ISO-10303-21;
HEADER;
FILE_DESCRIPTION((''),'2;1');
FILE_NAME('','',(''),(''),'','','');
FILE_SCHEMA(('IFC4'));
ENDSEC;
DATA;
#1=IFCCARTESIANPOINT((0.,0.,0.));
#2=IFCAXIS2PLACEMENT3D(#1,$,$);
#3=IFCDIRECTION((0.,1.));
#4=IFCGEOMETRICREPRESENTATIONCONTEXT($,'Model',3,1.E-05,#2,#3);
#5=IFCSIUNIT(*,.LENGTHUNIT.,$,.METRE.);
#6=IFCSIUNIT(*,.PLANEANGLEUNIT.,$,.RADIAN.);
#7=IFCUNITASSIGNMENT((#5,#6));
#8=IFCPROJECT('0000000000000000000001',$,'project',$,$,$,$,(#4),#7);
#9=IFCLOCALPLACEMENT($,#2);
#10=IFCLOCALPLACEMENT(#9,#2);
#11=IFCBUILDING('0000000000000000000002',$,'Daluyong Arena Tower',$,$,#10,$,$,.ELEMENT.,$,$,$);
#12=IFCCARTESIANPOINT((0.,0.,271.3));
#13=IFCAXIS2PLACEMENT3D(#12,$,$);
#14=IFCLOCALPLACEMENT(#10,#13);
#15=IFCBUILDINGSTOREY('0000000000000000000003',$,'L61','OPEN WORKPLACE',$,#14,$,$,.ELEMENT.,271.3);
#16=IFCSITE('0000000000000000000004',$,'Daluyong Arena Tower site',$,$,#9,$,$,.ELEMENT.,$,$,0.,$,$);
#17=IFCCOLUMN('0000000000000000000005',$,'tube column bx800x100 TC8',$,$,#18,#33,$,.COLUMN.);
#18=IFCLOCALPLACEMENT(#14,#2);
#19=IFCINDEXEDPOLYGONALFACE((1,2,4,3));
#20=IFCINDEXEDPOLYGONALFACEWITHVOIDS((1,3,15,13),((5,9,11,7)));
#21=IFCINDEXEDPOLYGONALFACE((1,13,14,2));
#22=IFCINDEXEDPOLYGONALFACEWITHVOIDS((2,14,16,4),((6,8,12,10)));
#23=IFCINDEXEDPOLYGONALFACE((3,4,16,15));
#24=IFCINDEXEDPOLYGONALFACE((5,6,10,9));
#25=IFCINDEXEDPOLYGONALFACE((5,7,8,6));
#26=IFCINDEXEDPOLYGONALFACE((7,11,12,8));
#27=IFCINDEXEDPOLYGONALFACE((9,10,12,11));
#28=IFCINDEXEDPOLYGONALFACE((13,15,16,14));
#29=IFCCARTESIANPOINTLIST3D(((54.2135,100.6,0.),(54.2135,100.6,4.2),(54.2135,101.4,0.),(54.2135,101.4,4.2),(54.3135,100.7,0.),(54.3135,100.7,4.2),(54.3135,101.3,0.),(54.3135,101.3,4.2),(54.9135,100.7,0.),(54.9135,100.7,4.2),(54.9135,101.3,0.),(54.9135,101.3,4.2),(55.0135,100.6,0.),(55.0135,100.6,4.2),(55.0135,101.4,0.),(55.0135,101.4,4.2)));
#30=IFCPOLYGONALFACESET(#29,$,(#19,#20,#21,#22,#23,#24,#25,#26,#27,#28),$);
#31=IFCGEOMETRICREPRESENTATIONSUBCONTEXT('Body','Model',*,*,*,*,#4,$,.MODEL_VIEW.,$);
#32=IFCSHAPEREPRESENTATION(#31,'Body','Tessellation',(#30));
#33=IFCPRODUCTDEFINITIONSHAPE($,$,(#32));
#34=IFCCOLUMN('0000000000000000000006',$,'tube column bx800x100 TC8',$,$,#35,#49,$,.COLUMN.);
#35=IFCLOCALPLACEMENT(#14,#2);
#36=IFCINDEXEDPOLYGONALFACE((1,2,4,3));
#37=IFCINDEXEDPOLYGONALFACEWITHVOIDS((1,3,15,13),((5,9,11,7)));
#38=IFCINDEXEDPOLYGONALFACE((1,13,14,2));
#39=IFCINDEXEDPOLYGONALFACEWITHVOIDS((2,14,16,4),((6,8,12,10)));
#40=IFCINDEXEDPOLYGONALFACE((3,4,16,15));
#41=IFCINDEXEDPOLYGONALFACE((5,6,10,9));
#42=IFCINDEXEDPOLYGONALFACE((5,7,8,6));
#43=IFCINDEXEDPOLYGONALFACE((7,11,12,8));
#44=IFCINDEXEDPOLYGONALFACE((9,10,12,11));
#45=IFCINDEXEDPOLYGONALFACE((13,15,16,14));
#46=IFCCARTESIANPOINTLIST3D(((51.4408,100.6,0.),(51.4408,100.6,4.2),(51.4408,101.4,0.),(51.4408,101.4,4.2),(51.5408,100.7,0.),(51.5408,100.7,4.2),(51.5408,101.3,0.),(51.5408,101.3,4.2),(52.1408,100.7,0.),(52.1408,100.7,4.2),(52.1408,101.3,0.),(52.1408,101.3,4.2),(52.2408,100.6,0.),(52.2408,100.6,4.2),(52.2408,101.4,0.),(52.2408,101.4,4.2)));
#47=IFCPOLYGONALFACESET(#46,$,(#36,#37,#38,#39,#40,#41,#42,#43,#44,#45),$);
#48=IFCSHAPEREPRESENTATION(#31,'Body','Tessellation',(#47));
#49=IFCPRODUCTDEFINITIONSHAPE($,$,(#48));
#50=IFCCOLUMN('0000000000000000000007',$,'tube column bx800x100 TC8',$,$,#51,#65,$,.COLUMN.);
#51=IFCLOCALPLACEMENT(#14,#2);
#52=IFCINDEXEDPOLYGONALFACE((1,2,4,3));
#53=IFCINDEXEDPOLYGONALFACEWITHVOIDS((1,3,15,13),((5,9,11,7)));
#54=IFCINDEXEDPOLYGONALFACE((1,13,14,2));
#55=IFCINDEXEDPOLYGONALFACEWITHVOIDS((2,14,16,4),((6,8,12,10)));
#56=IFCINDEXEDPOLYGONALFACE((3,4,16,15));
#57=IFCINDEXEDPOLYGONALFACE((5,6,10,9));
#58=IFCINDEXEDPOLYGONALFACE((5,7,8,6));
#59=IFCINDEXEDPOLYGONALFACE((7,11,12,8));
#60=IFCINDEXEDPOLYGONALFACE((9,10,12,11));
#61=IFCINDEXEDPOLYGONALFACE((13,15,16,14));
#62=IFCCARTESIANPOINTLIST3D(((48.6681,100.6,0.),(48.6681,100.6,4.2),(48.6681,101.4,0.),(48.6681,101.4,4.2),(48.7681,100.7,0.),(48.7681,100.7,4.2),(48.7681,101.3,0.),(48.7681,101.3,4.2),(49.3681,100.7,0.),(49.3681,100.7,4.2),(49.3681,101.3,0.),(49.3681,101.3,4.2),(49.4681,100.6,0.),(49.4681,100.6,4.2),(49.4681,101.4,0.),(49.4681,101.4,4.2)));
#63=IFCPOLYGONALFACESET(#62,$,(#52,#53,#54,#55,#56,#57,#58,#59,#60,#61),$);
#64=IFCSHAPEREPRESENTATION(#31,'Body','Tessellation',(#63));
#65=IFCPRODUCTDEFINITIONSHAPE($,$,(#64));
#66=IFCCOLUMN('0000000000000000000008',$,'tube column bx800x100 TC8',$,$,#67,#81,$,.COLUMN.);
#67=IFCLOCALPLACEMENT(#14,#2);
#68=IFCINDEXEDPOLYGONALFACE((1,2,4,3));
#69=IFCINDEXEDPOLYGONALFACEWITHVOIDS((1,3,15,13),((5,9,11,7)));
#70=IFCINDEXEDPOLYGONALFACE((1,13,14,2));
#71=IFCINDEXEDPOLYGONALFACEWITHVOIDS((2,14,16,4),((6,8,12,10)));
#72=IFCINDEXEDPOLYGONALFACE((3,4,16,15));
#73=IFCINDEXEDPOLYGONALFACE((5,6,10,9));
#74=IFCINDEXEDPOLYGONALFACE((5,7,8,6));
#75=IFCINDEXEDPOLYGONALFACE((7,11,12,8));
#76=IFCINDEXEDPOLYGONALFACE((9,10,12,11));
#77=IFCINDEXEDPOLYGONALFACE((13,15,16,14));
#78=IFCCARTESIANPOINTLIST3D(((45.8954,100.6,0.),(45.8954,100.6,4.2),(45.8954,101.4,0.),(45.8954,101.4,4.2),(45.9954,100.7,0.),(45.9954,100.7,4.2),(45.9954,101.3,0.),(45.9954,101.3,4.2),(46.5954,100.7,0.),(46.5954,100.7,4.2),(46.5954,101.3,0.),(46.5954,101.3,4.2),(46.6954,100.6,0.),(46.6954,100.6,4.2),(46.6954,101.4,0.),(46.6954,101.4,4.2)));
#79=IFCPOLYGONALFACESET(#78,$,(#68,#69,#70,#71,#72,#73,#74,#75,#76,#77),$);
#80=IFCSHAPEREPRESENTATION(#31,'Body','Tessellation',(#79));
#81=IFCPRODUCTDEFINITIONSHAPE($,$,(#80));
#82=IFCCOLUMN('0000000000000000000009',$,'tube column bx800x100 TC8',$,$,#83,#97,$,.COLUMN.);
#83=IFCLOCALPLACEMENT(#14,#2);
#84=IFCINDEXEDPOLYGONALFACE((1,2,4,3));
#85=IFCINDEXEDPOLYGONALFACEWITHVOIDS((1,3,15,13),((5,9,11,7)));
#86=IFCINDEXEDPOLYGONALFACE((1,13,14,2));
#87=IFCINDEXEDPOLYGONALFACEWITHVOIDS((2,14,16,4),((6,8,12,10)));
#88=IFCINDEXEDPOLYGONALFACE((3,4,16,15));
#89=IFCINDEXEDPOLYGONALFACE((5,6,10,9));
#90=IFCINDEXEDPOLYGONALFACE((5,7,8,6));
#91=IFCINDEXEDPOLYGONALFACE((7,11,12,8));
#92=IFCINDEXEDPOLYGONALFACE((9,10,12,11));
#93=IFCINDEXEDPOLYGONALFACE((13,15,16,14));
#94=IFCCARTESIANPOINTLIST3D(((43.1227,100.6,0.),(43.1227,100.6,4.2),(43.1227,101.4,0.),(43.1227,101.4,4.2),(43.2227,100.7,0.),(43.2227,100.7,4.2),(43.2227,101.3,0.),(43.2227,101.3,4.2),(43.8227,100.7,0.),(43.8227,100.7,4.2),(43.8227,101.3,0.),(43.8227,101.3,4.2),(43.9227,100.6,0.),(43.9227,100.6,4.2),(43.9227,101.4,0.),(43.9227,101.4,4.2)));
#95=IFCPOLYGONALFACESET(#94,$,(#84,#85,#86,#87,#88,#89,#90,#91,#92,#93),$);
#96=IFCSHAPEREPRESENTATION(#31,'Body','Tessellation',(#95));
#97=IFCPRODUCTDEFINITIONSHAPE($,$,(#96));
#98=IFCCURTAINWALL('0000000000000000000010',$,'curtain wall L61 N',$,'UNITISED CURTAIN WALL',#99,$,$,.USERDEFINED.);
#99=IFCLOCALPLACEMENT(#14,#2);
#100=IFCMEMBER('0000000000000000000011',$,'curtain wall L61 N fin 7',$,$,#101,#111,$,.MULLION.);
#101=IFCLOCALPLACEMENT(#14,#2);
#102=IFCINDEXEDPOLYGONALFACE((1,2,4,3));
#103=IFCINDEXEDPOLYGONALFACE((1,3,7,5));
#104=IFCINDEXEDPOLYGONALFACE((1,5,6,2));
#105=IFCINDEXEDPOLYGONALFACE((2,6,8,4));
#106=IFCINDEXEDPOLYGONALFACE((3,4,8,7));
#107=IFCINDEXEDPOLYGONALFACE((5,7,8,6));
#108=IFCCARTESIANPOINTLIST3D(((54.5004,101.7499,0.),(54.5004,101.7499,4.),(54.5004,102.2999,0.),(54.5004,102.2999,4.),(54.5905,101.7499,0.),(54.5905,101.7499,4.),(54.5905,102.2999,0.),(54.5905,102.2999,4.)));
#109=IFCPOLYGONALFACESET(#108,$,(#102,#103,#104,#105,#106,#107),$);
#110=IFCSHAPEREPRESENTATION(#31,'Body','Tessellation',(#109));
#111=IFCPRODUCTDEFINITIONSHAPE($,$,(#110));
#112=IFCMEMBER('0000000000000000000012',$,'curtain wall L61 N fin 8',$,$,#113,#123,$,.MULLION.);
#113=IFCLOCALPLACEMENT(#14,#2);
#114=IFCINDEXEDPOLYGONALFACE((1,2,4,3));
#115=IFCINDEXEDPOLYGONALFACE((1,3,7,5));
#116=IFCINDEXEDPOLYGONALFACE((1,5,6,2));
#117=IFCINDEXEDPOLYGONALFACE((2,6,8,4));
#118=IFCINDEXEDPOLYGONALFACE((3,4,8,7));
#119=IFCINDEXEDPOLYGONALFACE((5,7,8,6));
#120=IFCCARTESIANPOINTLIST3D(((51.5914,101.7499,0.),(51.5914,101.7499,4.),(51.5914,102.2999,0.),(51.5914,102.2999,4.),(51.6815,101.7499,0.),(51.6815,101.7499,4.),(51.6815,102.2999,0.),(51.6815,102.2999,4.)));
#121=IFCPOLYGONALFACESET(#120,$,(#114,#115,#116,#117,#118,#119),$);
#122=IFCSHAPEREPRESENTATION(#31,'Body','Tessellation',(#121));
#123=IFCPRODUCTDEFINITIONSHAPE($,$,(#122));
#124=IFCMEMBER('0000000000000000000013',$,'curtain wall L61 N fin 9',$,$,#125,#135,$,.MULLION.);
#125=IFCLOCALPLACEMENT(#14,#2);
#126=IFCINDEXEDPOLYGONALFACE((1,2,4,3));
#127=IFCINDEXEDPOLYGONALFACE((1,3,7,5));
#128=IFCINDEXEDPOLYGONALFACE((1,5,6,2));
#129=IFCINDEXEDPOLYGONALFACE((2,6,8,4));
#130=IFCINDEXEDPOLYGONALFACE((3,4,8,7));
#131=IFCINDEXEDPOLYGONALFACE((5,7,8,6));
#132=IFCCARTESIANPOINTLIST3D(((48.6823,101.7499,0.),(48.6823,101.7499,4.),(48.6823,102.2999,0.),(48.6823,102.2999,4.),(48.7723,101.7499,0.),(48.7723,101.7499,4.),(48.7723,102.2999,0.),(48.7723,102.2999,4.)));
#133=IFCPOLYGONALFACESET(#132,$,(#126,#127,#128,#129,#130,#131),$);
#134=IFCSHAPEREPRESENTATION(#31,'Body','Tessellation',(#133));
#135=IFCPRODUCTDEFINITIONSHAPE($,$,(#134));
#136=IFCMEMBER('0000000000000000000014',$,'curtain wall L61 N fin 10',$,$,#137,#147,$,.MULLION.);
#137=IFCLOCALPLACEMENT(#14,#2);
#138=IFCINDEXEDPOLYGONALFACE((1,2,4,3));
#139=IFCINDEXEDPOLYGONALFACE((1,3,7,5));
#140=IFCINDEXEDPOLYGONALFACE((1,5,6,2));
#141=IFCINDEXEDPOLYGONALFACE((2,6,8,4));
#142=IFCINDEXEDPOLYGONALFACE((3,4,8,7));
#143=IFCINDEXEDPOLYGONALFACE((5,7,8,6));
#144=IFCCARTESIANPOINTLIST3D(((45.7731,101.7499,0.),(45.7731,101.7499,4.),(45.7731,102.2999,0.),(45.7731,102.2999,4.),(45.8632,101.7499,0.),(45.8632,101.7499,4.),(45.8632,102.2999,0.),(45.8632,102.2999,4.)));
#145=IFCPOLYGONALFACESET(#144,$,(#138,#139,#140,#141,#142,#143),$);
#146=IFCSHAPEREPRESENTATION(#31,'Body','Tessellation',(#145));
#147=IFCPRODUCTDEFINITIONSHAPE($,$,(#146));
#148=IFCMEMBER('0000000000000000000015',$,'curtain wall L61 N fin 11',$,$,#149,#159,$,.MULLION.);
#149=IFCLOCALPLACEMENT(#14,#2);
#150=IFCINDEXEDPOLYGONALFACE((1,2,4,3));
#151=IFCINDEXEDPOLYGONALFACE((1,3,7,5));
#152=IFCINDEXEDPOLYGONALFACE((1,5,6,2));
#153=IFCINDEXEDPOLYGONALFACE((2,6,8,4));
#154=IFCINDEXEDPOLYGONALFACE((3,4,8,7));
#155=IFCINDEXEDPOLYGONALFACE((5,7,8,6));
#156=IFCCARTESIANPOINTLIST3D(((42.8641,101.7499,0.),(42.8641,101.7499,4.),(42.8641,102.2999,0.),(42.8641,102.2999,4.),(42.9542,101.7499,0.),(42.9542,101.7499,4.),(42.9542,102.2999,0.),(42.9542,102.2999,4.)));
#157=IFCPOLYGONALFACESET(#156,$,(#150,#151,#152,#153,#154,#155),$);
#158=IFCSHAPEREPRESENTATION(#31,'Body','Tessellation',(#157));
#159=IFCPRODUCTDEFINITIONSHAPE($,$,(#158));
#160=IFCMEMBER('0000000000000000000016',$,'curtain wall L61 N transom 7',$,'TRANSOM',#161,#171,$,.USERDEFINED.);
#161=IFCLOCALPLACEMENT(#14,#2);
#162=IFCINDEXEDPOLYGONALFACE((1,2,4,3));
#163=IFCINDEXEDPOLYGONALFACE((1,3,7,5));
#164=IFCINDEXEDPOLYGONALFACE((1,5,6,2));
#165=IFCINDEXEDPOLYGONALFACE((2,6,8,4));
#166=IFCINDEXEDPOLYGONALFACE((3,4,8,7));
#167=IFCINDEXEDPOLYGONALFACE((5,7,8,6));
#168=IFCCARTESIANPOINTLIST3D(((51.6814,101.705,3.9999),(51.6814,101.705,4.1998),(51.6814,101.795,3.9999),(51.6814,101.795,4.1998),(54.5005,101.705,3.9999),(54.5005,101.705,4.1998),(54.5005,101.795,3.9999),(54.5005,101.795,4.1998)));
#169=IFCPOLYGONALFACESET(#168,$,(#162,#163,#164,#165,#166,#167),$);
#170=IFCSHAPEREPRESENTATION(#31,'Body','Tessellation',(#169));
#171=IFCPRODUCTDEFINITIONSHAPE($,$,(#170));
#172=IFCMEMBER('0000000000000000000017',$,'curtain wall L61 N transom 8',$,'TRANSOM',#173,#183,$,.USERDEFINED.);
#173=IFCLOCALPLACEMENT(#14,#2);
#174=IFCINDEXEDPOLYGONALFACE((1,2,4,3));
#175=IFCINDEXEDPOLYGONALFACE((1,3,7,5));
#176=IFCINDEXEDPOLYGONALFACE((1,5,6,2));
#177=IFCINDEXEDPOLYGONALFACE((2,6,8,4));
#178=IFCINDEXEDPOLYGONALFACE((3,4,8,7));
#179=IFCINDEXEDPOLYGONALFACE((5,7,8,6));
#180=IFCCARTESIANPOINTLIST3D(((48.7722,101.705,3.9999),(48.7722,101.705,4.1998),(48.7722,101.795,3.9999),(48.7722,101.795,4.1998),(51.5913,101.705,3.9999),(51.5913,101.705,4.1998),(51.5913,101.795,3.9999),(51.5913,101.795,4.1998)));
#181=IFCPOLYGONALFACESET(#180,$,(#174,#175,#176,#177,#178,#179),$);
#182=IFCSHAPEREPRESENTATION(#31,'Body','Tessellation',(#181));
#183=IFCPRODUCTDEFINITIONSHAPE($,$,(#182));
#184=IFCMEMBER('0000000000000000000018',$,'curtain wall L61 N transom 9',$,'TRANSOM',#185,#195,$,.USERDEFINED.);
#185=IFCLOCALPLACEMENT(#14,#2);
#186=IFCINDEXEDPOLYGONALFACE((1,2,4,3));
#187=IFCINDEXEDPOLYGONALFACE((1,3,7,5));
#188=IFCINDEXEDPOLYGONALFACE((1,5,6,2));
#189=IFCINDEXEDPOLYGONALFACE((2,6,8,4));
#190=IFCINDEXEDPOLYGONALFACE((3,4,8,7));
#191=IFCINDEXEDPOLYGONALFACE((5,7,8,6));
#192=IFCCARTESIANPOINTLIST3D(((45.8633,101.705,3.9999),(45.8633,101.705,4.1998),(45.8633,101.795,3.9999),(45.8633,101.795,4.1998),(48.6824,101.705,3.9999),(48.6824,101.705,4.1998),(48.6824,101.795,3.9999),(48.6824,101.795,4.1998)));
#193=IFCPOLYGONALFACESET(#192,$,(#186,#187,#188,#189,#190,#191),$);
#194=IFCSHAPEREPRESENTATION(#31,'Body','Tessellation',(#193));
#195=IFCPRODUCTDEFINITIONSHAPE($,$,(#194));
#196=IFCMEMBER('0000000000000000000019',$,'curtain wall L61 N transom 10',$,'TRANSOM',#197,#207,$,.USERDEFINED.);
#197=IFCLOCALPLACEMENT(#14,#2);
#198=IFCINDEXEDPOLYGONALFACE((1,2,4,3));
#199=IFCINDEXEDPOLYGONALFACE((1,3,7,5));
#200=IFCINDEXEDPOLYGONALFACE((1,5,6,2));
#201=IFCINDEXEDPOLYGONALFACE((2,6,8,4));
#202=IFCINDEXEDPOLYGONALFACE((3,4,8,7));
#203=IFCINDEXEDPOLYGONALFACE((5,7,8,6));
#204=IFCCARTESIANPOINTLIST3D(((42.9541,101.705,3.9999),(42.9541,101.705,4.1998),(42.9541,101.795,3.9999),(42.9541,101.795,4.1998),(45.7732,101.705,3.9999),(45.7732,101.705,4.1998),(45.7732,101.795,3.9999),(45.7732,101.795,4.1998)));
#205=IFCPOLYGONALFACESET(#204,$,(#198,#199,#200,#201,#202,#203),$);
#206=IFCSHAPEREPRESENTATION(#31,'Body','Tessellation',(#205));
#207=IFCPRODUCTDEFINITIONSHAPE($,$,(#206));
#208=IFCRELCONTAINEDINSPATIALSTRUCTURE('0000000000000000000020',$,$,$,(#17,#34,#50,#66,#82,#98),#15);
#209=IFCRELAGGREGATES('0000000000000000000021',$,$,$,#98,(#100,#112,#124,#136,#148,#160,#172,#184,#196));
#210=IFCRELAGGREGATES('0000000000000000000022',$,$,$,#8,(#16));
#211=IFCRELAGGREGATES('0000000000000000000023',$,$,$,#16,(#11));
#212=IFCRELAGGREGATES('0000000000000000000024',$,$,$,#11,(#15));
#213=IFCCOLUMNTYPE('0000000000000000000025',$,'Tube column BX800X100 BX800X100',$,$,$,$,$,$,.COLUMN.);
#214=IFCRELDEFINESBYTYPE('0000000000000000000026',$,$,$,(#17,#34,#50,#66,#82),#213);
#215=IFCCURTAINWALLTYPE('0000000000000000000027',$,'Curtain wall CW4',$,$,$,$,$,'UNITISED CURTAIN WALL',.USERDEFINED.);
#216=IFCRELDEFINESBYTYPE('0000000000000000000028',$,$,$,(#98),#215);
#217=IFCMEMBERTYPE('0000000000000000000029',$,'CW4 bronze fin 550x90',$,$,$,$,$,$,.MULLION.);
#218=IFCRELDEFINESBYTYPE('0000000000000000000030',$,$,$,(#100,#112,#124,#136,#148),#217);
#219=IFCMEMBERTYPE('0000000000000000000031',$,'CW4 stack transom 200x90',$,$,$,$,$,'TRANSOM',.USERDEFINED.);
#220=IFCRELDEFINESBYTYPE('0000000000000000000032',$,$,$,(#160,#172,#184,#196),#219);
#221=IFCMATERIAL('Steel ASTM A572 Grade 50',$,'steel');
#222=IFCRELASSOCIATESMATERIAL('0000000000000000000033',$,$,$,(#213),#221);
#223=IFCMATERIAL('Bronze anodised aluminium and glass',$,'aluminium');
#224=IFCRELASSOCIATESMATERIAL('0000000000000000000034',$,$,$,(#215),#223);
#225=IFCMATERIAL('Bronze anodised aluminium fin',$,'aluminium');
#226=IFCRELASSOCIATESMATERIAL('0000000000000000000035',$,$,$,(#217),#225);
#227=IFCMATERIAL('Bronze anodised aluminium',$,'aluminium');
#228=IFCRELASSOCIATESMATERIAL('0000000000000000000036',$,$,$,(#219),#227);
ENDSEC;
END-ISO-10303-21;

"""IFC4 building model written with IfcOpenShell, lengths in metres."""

from ifc_helpers import new_model, si_unit, direction, frame, origin, origin_2d, place, context, subcontext, project, spatial, rectangle, hollow_rectangle, extrude, material, material_profile, profile_set, type_object, element, aggregate, save


model = new_model("IFC4")

# Units and contexts
model_context = context("Model", 3, precision=1e-05, world=origin(), true_north=direction((0.0, 1.0)))
body_context = subcontext(model_context, "Body", "Model", "MODEL_VIEW")
ifc_project = project(units=[si_unit("LENGTHUNIT", "METRE"), si_unit("PLANEANGLEUNIT", "RADIAN")], contexts=[model_context])

# Site, building, storey
site_placement = place(None, origin())
site = spatial("IfcSite", under=ifc_project, at=site_placement, Name="Daluyong Arena Tower site", CompositionType="ELEMENT", RefElevation=0.0)
building_placement = place(site_placement, origin())
building = spatial("IfcBuilding", under=site, at=building_placement, Name="Daluyong Arena Tower", CompositionType="ELEMENT")
storey_placement = place(building_placement, frame((0.0, 0.0, 271.3)))
storey = spatial("IfcBuildingStorey", under=building, at=storey_placement, Name="L61", Description="OPEN WORKPLACE", CompositionType="ELEMENT", Elevation=271.3)

# Columns
ifc_material_1 = material(Name="Steel ASTM A572 Grade 50", Category="steel")
ifc_material_profile_1 = material_profile(ifc_material_1, hollow_rectangle(XDim=0.8, YDim=0.8, WallThickness=0.1, at=origin_2d()))
ifc_profile_set_1 = profile_set([ifc_material_profile_1], Name="Steel ASTM A572 Grade 50")
column_type = type_object("IfcColumnType", Name="Tube column BX800X100 BX800X100", PredefinedType="COLUMN", material=ifc_profile_set_1)
for number, where, z_axis, x_axis, name in (
    (1, (54.6135, 101.0, 0.0), (0.0, 0.0, 1.0), (1.0, 0.0, 0.0), "tube column bx800x100 TC8"),
    (2, (51.8408, 101.0, 0.0), (0.0, 0.0, 1.0), (1.0, 0.0, 0.0), "tube column bx800x100 TC8"),
    (3, (49.0681, 101.0, 0.0), (0.0, 0.0, 1.0), (1.0, 0.0, 0.0), "tube column bx800x100 TC8"),
    (4, (46.2954, 101.0, 0.0), (0.0, 0.0, 1.0), (1.0, 0.0, 0.0), "tube column bx800x100 TC8"),
    (5, (43.5227, 101.0, 0.0), (0.0, 0.0, 1.0), (1.0, 0.0, 0.0), "tube column bx800x100 TC8"),
):
    element("IfcColumn", number, at=place(storey_placement, frame(where, z_axis=z_axis, x_axis=x_axis)), inside=storey, type_object=column_type, Name=name, PredefinedType="COLUMN", context=body_context, shape_type="SweptSolid", body=[
        extrude(hollow_rectangle(XDim=0.8, YDim=0.8, WallThickness=0.1, at=origin_2d()), origin(), (0.0, 0.0, 1.0), 4.2),
    ])

# Curtain wall, members
ifc_material_2 = material(Name="Bronze anodised aluminium and glass", Category="aluminium")
curtain_wall_type = type_object("IfcCurtainWallType", Name="Curtain wall CW4", ElementType="UNITISED CURTAIN WALL", PredefinedType="USERDEFINED", material=ifc_material_2)
curtain_wall_placement = place(storey_placement, origin())
curtain_wall = element("IfcCurtainWall", 6, at=curtain_wall_placement, inside=storey, type_object=curtain_wall_type, Name="curtain wall L61 N", ObjectType="UNITISED CURTAIN WALL", PredefinedType="USERDEFINED")
ifc_material_3 = material(Name="Bronze anodised aluminium fin", Category="aluminium")
ifc_material_profile_2 = material_profile(ifc_material_3, rectangle(XDim=0.55, YDim=0.0901, at=origin_2d()))
ifc_profile_set_2 = profile_set([ifc_material_profile_2], Name="Bronze anodised aluminium fin")
member_type_1 = type_object("IfcMemberType", Name="CW4 bronze fin 550x90", PredefinedType="MULLION", material=ifc_profile_set_2)
member_1_placement = place(storey_placement, frame((54.5454, 102.0249, 0.0), z_axis=(0.0, 0.0, 1.0), x_axis=(0.0, -1.0, 0.0)))
member_1 = element("IfcMember", 7, at=member_1_placement, type_object=member_type_1, Name="curtain wall L61 N fin 7", PredefinedType="MULLION", context=body_context, shape_type="SweptSolid", body=[
    extrude(rectangle(XDim=0.55, YDim=0.0901, at=origin_2d()), origin(), (0.0, 0.0, 1.0), 4.0),
])
member_2_placement = place(storey_placement, frame((51.6365, 102.0249, 0.0), z_axis=(0.0, 0.0, 1.0), x_axis=(0.0, -1.0, 0.0)))
member_2 = element("IfcMember", 8, at=member_2_placement, type_object=member_type_1, Name="curtain wall L61 N fin 8", PredefinedType="MULLION", context=body_context, shape_type="SweptSolid", body=[
    extrude(rectangle(XDim=0.55, YDim=0.0901, at=origin_2d()), origin(), (0.0, 0.0, 1.0), 4.0),
])
member_3_placement = place(storey_placement, frame((48.7273, 102.0249, 0.0), z_axis=(0.0, 0.0, 1.0), x_axis=(0.0, -1.0, 0.0)))
member_3 = element("IfcMember", 9, at=member_3_placement, type_object=member_type_1, Name="curtain wall L61 N fin 9", PredefinedType="MULLION", context=body_context, shape_type="SweptSolid", body=[
    extrude(rectangle(XDim=0.55, YDim=0.0901, at=origin_2d()), origin(), (0.0, 0.0, 1.0), 4.0),
])
member_4_placement = place(storey_placement, frame((45.8181, 102.0249, 0.0), z_axis=(0.0, 0.0, 1.0), x_axis=(0.0, -1.0, 0.0)))
member_4 = element("IfcMember", 10, at=member_4_placement, type_object=member_type_1, Name="curtain wall L61 N fin 10", PredefinedType="MULLION", context=body_context, shape_type="SweptSolid", body=[
    extrude(rectangle(XDim=0.55, YDim=0.0901, at=origin_2d()), origin(), (0.0, 0.0, 1.0), 4.0),
])
member_5_placement = place(storey_placement, frame((42.9092, 102.0249, 0.0), z_axis=(0.0, 0.0, 1.0), x_axis=(0.0, -1.0, 0.0)))
member_5 = element("IfcMember", 11, at=member_5_placement, type_object=member_type_1, Name="curtain wall L61 N fin 11", PredefinedType="MULLION", context=body_context, shape_type="SweptSolid", body=[
    extrude(rectangle(XDim=0.55, YDim=0.0901, at=origin_2d()), origin(), (0.0, 0.0, 1.0), 4.0),
])
ifc_material_4 = material(Name="Bronze anodised aluminium", Category="aluminium")
ifc_material_profile_3 = material_profile(ifc_material_4, rectangle(XDim=0.0901, YDim=0.2, at=origin_2d()))
ifc_profile_set_3 = profile_set([ifc_material_profile_3], Name="Bronze anodised aluminium")
member_type_2 = type_object("IfcMemberType", Name="CW4 stack transom 200x90", ElementType="TRANSOM", PredefinedType="USERDEFINED", material=ifc_profile_set_3)
member_6_placement = place(storey_placement, frame((54.5005, 101.75, 4.0999), z_axis=(-1.0, 0.0, 0.0), x_axis=(0.0, -1.0, 0.0)))
member_6 = element("IfcMember", 12, at=member_6_placement, type_object=member_type_2, Name="curtain wall L61 N transom 7", ObjectType="TRANSOM", PredefinedType="USERDEFINED", context=body_context, shape_type="SweptSolid", body=[
    extrude(rectangle(XDim=0.0901, YDim=0.2, at=origin_2d()), origin(), (0.0, 0.0, 1.0), 2.8191),
])
member_7_placement = place(storey_placement, frame((51.5913, 101.75, 4.0999), z_axis=(-1.0, 0.0, 0.0), x_axis=(0.0, -1.0, 0.0)))
member_7 = element("IfcMember", 13, at=member_7_placement, type_object=member_type_2, Name="curtain wall L61 N transom 8", ObjectType="TRANSOM", PredefinedType="USERDEFINED", context=body_context, shape_type="SweptSolid", body=[
    extrude(rectangle(XDim=0.0901, YDim=0.2, at=origin_2d()), origin(), (0.0, 0.0, 1.0), 2.8191),
])
member_8_placement = place(storey_placement, frame((48.6824, 101.75, 4.0999), z_axis=(-1.0, 0.0, 0.0), x_axis=(0.0, -1.0, 0.0)))
member_8 = element("IfcMember", 14, at=member_8_placement, type_object=member_type_2, Name="curtain wall L61 N transom 9", ObjectType="TRANSOM", PredefinedType="USERDEFINED", context=body_context, shape_type="SweptSolid", body=[
    extrude(rectangle(XDim=0.0901, YDim=0.2, at=origin_2d()), origin(), (0.0, 0.0, 1.0), 2.8191),
])
member_9_placement = place(storey_placement, frame((45.7732, 101.75, 4.0999), z_axis=(-1.0, 0.0, 0.0), x_axis=(0.0, -1.0, 0.0)))
member_9 = element("IfcMember", 15, at=member_9_placement, type_object=member_type_2, Name="curtain wall L61 N transom 10", ObjectType="TRANSOM", PredefinedType="USERDEFINED", context=body_context, shape_type="SweptSolid", body=[
    extrude(rectangle(XDim=0.0901, YDim=0.2, at=origin_2d()), origin(), (0.0, 0.0, 1.0), 2.8191),
])

aggregate(curtain_wall, [member_1, member_2, member_3, member_4, member_5, member_6, member_7, member_8, member_9])

save(model, "model.ifc")
